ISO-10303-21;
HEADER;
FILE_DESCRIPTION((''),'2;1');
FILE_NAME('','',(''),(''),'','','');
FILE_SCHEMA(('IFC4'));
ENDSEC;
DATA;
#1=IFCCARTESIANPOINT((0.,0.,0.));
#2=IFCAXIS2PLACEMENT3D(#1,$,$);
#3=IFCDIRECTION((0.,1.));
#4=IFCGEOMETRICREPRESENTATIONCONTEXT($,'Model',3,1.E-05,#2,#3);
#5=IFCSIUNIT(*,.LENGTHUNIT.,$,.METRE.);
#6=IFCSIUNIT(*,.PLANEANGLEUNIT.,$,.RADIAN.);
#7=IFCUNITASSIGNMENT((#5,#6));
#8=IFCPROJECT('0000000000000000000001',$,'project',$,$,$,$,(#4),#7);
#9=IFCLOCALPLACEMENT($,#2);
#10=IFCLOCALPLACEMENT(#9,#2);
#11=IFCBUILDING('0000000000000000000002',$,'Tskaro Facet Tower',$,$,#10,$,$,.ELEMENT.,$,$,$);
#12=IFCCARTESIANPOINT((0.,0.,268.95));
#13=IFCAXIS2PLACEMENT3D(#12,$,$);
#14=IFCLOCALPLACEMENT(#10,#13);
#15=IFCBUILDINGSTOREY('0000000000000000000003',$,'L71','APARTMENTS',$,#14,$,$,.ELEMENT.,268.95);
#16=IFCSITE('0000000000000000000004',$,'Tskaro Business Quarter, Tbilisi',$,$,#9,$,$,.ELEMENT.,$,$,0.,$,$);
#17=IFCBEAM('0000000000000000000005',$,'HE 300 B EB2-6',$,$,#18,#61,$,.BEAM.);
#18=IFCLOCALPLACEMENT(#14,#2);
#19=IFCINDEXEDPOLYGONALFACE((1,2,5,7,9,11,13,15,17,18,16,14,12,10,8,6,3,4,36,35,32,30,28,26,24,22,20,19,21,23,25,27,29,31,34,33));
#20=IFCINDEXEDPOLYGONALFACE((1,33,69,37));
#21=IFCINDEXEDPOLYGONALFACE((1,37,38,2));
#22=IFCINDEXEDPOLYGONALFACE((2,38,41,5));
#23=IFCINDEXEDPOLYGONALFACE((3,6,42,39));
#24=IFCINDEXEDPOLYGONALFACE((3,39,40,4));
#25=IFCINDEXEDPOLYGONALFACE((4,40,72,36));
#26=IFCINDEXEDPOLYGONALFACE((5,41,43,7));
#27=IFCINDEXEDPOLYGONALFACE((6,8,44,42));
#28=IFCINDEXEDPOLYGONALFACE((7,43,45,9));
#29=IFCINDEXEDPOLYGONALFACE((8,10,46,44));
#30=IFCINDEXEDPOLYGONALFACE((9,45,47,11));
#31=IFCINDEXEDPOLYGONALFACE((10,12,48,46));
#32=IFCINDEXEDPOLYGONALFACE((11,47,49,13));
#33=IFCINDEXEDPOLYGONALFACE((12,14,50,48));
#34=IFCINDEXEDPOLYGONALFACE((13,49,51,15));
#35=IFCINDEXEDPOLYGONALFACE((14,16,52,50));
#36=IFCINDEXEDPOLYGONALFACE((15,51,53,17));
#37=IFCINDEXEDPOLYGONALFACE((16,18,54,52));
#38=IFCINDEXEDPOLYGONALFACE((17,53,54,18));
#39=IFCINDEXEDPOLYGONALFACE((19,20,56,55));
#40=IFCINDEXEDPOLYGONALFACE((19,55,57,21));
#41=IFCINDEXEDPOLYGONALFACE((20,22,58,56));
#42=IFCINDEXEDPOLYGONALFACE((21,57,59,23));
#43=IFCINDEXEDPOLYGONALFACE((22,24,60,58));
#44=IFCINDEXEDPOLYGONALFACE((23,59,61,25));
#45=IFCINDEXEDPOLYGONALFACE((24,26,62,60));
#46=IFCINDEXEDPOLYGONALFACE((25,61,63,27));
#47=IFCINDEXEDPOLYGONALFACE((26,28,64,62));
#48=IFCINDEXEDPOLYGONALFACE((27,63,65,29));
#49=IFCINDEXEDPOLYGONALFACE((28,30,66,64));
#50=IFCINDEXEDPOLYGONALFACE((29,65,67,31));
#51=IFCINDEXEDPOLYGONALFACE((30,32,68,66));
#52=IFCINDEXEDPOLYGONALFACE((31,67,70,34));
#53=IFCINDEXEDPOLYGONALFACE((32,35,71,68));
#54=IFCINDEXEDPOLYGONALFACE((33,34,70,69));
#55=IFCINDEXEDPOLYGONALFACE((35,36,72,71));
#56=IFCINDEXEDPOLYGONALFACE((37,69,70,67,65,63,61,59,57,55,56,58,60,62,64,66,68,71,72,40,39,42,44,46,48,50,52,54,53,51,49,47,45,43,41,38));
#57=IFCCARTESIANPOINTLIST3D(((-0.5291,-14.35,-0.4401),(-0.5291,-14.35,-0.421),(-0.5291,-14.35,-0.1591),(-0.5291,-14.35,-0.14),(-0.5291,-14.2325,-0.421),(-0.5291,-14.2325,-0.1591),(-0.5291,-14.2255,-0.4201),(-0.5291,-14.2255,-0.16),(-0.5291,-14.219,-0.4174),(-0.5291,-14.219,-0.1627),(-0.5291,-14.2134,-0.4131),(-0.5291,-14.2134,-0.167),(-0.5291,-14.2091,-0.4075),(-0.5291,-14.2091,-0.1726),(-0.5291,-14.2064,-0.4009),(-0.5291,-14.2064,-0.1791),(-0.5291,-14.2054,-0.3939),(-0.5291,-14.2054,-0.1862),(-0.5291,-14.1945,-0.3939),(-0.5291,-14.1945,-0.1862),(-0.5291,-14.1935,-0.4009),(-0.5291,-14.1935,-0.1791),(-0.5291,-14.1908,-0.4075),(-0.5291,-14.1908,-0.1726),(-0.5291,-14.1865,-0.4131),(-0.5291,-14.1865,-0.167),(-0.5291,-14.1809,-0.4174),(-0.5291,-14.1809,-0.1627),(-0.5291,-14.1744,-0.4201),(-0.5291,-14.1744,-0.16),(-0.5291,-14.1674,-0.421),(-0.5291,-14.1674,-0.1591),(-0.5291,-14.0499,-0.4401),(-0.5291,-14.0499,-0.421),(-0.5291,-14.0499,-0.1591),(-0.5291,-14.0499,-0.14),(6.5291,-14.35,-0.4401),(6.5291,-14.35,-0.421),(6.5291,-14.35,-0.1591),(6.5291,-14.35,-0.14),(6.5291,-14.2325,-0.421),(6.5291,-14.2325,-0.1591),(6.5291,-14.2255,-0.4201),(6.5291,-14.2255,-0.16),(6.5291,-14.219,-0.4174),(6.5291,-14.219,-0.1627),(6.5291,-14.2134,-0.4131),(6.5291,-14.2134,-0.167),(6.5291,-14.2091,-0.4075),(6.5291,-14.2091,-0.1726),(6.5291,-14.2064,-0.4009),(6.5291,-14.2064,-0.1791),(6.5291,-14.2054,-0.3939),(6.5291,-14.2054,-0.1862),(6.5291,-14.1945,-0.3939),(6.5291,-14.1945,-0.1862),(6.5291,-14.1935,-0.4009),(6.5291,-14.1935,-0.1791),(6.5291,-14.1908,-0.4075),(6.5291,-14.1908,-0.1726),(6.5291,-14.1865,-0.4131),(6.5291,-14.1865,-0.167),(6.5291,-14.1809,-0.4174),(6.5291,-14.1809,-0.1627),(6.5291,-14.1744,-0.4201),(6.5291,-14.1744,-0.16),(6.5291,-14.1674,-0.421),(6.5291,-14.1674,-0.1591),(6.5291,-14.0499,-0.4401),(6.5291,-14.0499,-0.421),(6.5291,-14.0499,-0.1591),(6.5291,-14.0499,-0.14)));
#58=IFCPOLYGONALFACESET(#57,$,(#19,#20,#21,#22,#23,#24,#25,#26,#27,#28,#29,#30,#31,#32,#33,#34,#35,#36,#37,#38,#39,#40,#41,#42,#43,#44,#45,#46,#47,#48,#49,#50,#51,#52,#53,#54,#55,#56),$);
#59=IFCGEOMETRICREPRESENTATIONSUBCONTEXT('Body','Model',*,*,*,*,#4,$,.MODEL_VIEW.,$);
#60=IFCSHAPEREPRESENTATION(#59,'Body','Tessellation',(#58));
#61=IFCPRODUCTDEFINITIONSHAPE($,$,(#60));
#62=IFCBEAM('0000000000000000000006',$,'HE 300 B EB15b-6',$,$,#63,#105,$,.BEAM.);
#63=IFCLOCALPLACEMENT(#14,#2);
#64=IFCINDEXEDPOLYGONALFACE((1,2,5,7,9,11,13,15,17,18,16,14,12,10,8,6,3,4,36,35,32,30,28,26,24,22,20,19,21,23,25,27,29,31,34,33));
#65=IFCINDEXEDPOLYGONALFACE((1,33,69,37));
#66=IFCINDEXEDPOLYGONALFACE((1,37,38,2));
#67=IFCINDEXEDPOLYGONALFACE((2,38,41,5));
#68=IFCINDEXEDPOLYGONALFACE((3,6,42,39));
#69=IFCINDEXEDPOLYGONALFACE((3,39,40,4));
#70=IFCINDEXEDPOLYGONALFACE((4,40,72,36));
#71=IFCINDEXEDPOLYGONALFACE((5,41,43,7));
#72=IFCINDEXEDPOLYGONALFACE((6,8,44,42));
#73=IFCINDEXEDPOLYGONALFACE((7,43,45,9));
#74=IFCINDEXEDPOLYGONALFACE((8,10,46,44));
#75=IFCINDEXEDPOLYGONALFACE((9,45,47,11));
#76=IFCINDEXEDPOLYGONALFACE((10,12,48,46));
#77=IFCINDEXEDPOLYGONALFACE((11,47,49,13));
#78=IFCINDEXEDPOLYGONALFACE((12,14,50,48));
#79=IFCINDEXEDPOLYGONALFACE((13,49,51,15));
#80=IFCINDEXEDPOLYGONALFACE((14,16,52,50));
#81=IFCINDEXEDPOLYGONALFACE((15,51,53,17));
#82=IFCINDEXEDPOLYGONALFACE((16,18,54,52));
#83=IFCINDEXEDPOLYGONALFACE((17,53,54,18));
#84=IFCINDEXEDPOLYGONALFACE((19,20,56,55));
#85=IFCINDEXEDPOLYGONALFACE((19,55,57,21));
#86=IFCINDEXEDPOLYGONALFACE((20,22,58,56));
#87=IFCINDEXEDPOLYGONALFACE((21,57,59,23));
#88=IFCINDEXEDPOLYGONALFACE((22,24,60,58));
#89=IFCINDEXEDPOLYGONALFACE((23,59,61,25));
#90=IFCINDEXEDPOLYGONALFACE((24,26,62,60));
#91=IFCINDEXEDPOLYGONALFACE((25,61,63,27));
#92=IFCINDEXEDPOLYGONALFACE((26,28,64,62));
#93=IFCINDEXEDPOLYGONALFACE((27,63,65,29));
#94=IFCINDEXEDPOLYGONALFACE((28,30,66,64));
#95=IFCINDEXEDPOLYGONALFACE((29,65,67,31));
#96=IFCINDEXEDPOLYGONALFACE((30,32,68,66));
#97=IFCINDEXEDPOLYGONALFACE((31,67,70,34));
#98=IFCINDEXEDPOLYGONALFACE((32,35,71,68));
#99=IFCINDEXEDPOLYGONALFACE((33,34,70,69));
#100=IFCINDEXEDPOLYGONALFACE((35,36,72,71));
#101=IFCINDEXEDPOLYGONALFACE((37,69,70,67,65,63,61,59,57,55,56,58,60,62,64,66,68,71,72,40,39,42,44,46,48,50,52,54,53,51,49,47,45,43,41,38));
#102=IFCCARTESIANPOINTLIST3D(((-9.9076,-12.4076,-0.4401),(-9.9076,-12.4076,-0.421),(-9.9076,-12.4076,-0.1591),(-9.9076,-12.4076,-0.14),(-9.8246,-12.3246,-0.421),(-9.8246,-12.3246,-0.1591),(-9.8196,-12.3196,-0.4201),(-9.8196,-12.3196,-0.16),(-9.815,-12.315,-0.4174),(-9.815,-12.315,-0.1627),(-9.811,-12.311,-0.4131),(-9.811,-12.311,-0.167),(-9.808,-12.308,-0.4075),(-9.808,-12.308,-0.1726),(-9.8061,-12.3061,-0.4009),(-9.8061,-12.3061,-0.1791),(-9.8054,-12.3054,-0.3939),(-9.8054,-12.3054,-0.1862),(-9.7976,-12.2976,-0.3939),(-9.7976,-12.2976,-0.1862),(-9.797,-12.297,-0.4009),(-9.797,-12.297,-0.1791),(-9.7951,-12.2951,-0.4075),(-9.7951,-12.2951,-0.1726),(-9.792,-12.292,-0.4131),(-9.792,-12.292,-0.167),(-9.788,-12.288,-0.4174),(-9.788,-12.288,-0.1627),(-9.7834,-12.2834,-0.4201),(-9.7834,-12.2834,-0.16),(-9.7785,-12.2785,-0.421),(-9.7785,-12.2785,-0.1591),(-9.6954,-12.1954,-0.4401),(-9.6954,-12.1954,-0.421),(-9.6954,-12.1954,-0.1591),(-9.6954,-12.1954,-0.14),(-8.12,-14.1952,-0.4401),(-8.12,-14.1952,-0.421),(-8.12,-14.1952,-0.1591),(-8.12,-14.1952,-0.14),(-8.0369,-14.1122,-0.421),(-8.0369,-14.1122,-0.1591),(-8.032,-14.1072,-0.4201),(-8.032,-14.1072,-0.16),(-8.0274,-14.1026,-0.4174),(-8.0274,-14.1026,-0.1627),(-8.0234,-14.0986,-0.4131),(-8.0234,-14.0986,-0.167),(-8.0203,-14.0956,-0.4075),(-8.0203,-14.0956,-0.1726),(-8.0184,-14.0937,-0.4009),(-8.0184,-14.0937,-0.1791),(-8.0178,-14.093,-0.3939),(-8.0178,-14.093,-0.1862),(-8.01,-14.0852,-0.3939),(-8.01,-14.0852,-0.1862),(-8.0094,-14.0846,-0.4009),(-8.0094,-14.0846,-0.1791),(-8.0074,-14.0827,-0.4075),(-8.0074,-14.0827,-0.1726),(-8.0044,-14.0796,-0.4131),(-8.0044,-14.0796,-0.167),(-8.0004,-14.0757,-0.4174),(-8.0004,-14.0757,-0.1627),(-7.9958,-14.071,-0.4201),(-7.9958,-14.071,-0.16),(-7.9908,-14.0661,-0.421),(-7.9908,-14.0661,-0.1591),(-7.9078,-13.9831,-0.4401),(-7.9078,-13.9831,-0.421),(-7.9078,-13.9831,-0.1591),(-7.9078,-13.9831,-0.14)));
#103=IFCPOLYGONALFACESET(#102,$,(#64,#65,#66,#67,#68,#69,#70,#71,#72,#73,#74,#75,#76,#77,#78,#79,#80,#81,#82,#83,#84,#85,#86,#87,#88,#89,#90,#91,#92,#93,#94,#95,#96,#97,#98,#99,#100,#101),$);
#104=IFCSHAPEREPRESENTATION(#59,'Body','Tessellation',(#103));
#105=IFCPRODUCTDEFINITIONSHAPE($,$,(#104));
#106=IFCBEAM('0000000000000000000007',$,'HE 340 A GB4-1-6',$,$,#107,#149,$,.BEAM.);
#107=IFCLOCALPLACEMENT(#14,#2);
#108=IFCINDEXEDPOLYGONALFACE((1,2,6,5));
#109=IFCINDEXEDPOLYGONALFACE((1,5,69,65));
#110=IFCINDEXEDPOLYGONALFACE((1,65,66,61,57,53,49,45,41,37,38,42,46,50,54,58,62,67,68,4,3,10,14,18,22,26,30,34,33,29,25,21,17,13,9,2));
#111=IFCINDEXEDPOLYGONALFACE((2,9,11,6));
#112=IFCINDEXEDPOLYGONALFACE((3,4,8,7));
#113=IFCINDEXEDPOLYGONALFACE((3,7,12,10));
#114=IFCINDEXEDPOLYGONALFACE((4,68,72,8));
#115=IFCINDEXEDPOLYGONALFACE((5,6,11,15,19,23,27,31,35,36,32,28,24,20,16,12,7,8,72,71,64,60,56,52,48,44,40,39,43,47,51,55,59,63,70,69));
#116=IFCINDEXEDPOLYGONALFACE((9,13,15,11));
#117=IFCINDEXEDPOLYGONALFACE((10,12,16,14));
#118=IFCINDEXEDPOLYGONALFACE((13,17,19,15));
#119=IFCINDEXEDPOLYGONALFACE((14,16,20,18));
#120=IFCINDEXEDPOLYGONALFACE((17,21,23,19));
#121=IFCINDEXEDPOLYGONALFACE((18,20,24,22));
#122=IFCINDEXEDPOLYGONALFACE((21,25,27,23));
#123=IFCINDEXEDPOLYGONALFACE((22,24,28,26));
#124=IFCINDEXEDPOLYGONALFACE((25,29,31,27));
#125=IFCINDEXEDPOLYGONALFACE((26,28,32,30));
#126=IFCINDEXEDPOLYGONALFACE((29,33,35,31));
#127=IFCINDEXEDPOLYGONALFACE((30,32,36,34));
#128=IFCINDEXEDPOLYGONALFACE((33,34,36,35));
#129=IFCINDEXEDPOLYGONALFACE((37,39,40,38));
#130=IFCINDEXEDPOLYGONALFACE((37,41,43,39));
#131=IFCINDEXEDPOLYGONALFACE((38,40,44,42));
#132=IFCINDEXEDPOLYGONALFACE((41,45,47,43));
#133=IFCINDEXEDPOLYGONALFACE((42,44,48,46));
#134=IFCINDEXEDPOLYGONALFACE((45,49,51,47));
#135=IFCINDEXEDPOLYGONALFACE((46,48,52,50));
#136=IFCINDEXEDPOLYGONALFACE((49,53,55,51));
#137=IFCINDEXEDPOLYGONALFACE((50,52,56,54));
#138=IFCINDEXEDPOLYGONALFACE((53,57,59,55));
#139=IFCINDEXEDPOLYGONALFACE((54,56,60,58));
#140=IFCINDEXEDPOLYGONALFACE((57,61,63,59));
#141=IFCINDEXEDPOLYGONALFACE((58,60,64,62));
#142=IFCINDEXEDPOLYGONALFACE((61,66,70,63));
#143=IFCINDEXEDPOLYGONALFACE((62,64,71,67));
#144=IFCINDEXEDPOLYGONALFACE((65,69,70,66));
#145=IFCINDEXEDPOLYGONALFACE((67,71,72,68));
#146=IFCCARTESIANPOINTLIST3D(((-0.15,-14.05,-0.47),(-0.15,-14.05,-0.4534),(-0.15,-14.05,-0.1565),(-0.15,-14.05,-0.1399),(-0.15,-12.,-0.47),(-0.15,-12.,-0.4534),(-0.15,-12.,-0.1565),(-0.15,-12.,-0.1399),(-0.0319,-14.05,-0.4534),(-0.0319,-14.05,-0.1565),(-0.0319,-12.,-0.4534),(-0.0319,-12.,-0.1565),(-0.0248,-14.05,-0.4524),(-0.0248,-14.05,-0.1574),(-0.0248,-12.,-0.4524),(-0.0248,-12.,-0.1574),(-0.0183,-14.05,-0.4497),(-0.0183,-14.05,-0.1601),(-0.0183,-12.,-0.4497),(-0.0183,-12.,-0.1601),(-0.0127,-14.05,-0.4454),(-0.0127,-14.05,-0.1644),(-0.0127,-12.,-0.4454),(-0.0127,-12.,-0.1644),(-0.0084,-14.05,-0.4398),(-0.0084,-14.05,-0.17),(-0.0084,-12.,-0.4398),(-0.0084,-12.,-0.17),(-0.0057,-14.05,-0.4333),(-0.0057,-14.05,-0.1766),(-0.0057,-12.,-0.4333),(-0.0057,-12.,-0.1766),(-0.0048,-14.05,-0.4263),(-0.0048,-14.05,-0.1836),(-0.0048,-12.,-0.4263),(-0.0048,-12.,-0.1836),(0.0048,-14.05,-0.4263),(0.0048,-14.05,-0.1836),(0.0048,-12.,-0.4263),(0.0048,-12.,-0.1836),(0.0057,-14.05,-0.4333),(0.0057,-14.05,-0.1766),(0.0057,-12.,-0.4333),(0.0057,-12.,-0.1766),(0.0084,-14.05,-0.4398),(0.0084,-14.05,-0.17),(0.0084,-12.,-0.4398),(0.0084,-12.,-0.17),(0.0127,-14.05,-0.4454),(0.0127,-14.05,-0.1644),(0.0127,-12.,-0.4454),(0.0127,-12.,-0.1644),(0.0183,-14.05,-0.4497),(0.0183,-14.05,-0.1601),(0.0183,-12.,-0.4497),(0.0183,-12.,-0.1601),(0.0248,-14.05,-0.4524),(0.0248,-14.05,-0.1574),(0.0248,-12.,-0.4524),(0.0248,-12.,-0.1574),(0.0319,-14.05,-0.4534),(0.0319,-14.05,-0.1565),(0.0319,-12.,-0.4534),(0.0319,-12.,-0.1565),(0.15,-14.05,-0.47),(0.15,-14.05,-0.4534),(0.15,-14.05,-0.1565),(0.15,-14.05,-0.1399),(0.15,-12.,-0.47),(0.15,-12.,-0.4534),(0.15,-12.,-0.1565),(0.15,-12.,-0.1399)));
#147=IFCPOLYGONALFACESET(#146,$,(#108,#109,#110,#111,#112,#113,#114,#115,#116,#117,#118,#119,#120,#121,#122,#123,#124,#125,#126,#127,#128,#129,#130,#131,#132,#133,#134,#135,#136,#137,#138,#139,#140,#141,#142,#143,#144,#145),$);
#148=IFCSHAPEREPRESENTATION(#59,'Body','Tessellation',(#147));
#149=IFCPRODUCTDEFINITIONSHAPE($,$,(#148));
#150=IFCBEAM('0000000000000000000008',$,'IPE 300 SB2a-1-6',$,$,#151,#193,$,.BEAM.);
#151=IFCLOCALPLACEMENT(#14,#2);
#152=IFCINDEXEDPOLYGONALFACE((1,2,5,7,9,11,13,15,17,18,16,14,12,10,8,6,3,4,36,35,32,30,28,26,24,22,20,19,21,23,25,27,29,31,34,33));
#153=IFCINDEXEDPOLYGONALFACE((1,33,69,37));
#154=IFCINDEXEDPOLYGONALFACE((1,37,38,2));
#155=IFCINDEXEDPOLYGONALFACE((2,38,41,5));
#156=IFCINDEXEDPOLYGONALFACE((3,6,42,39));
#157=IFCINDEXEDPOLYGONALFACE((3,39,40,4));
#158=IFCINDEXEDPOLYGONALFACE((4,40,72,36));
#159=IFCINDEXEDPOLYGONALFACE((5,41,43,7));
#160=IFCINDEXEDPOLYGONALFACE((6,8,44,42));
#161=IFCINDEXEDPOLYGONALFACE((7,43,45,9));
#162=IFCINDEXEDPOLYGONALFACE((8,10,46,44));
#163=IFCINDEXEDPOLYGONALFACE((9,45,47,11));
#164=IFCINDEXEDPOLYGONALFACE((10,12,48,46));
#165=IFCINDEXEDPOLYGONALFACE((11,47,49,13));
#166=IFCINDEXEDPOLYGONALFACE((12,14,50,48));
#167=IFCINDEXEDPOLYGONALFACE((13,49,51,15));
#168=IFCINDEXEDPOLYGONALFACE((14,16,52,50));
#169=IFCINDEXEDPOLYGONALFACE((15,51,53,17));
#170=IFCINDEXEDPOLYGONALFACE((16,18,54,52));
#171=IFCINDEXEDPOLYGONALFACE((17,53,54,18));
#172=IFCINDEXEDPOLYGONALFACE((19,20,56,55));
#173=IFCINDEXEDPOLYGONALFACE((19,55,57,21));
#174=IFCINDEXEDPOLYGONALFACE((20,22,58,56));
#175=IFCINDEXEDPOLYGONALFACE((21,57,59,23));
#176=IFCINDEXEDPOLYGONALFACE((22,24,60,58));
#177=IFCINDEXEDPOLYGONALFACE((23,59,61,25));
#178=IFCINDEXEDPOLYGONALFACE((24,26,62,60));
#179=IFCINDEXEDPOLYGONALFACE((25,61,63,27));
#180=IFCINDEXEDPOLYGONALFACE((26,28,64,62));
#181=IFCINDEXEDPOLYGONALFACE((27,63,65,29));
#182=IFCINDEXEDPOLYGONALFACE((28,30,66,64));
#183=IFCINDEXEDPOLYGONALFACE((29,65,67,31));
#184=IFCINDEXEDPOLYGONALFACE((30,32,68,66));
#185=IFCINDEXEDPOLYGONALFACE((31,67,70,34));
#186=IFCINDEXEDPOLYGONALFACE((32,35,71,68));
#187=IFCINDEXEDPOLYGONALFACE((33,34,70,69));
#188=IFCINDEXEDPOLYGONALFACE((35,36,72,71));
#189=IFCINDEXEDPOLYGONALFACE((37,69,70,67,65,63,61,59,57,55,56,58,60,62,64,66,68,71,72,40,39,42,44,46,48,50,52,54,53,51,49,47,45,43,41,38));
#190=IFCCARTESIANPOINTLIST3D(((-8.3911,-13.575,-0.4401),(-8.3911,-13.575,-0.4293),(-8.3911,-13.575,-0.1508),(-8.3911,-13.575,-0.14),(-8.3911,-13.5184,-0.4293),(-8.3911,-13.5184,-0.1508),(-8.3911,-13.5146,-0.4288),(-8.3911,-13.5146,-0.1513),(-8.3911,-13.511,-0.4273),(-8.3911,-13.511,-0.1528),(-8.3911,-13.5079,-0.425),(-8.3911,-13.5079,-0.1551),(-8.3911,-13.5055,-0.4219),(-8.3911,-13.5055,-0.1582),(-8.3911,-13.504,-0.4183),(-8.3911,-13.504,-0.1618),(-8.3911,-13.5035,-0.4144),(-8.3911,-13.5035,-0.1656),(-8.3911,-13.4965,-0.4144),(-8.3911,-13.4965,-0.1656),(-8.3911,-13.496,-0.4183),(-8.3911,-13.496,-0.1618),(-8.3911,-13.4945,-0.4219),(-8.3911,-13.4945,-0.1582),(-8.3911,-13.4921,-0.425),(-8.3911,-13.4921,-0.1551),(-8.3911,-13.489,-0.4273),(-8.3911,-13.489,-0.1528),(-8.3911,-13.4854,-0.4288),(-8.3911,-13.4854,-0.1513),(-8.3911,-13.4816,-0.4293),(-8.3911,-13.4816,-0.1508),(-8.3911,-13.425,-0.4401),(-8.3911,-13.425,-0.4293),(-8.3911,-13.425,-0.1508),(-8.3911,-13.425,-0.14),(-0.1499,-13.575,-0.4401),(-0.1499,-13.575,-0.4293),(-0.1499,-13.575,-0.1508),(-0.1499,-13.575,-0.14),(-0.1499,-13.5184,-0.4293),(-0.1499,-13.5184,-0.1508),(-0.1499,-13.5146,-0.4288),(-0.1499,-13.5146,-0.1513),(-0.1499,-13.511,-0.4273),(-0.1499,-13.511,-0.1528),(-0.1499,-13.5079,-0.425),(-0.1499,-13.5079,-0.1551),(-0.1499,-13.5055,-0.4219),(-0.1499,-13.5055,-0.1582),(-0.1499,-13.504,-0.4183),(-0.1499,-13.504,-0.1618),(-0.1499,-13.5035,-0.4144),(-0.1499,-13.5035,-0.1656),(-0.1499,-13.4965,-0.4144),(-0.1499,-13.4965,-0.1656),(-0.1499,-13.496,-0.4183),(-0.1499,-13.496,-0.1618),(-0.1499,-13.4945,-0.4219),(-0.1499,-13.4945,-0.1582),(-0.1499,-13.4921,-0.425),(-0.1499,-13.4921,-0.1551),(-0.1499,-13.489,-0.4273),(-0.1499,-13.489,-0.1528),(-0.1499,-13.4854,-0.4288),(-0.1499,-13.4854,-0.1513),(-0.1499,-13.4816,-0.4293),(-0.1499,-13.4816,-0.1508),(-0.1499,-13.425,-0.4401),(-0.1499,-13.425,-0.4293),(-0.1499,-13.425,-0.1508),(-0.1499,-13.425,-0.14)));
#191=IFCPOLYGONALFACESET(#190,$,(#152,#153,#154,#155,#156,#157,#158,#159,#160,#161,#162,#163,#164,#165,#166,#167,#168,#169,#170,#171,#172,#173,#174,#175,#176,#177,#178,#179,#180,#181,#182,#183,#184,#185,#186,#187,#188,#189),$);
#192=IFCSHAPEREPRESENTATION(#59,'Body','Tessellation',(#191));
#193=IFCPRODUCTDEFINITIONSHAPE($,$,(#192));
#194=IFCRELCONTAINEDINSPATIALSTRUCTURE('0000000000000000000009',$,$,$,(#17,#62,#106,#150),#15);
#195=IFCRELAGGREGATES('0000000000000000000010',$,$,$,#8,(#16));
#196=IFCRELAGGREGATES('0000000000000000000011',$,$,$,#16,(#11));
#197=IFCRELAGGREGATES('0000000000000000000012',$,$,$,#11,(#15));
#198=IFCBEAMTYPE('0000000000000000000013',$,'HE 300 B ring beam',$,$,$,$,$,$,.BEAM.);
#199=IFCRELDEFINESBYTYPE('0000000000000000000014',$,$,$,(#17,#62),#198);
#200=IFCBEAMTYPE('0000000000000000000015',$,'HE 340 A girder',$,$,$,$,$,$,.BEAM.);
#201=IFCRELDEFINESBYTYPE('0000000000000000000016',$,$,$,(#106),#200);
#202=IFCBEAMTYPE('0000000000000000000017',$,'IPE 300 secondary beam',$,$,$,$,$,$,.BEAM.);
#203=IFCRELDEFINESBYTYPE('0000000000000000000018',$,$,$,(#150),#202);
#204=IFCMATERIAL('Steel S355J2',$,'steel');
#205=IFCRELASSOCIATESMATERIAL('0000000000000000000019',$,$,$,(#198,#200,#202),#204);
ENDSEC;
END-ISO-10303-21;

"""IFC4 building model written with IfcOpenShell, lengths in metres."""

from ifc_helpers import new_model, si_unit, direction, frame, origin, origin_2d, place, context, subcontext, project, spatial, i_section, extrude, material, material_profile, profile_set, type_object, element, save


model = new_model("IFC4")

# Units and contexts
model_context = context("Model", 3, precision=1e-05, world=origin(), true_north=direction((0.0, 1.0)))
body_context = subcontext(model_context, "Body", "Model", "MODEL_VIEW")
ifc_project = project(units=[si_unit("LENGTHUNIT", "METRE"), si_unit("PLANEANGLEUNIT", "RADIAN")], contexts=[model_context])

# Site, building, storey
site_placement = place(None, origin())
site = spatial("IfcSite", under=ifc_project, at=site_placement, Name="Tskaro Business Quarter, Tbilisi", CompositionType="ELEMENT", RefElevation=0.0)
building_placement = place(site_placement, origin())
building = spatial("IfcBuilding", under=site, at=building_placement, Name="Tskaro Facet Tower", CompositionType="ELEMENT")
storey_placement = place(building_placement, frame((0.0, 0.0, 268.95)))
storey = spatial("IfcBuildingStorey", under=building, at=storey_placement, Name="L71", Description="APARTMENTS", CompositionType="ELEMENT", Elevation=268.95)

# Shared definitions
ifc_material_1 = material(Name="Steel S355J2", Category="steel")

# Beams
ifc_material_profile_1 = material_profile(ifc_material_1, i_section(OverallWidth=0.3, OverallDepth=0.3, WebThickness=0.011, FlangeThickness=0.019, FilletRadius=0.0271, at=origin_2d()), Name="HE 300 B")
ifc_profile_set_1 = profile_set([ifc_material_profile_1], Name="Steel S355J2")
beam_type_1 = type_object("IfcBeamType", Name="HE 300 B ring beam", PredefinedType="BEAM", material=ifc_profile_set_1)
beam_1_placement = place(storey_placement, frame((-0.5291, -14.2, -0.29), z_axis=(1.0, 0.0, 0.0), x_axis=(0.0, 1.0, 0.0)))
element("IfcBeam", 1, at=beam_1_placement, inside=storey, type_object=beam_type_1, Name="HE 300 B EB2-6", PredefinedType="BEAM", context=body_context, shape_type="SweptSolid", body=[
    extrude(i_section(OverallWidth=0.3, OverallDepth=0.3, WebThickness=0.011, FlangeThickness=0.019, FilletRadius=0.0271, at=origin_2d()), origin(), (0.0, 0.0, 1.0), 7.0581),
])
beam_2_placement = place(storey_placement, frame((-9.8015, -12.3015, -0.29), z_axis=(0.707107, -0.707107, 0.0), x_axis=(0.707107, 0.707107, 0.0)))
element("IfcBeam", 2, at=beam_2_placement, inside=storey, type_object=beam_type_1, Name="HE 300 B EB15b-6", PredefinedType="BEAM", context=body_context, shape_type="SweptSolid", body=[
    extrude(i_section(OverallWidth=0.3, OverallDepth=0.3, WebThickness=0.011, FlangeThickness=0.019, FilletRadius=0.0271, at=origin_2d()), origin(), (0.0, 0.0, 1.0), 2.5281),
])
ifc_material_profile_2 = material_profile(ifc_material_1, i_section(OverallWidth=0.3, OverallDepth=0.3301, WebThickness=0.0095, FlangeThickness=0.0166, FilletRadius=0.0271, at=origin_2d()), Name="HE 340 A")
ifc_profile_set_2 = profile_set([ifc_material_profile_2], Name="Steel S355J2")
beam_type_2 = type_object("IfcBeamType", Name="HE 340 A girder", PredefinedType="BEAM", material=ifc_profile_set_2)
beam_3_placement = place(storey_placement, frame((0.0, -14.05, -0.3049), z_axis=(0.0, 1.0, 0.0), x_axis=(-1.0, 0.0, 0.0)))
element("IfcBeam", 3, at=beam_3_placement, inside=storey, type_object=beam_type_2, Name="HE 340 A GB4-1-6", PredefinedType="BEAM", context=body_context, shape_type="SweptSolid", body=[
    extrude(i_section(OverallWidth=0.3, OverallDepth=0.3301, WebThickness=0.0095, FlangeThickness=0.0166, FilletRadius=0.0271, at=origin_2d()), origin(), (0.0, 0.0, 1.0), 2.05),
])
ifc_material_profile_3 = material_profile(ifc_material_1, i_section(OverallWidth=0.1499, OverallDepth=0.3, WebThickness=0.0071, FlangeThickness=0.0107, FilletRadius=0.0149, at=origin_2d()), Name="IPE 300")
ifc_profile_set_3 = profile_set([ifc_material_profile_3], Name="Steel S355J2")
beam_type_3 = type_object("IfcBeamType", Name="IPE 300 secondary beam", PredefinedType="BEAM", material=ifc_profile_set_3)
beam_4_placement = place(storey_placement, frame((-8.3911, -13.5, -0.29), z_axis=(1.0, 0.0, 0.0), x_axis=(0.0, 1.0, 0.0)))
element("IfcBeam", 4, at=beam_4_placement, inside=storey, type_object=beam_type_3, Name="IPE 300 SB2a-1-6", PredefinedType="BEAM", context=body_context, shape_type="SweptSolid", body=[
    extrude(i_section(OverallWidth=0.1499, OverallDepth=0.3, WebThickness=0.0071, FlangeThickness=0.0107, FilletRadius=0.0149, at=origin_2d()), origin(), (0.0, 0.0, 1.0), 8.2412),
])

save(model, "model.ifc")
